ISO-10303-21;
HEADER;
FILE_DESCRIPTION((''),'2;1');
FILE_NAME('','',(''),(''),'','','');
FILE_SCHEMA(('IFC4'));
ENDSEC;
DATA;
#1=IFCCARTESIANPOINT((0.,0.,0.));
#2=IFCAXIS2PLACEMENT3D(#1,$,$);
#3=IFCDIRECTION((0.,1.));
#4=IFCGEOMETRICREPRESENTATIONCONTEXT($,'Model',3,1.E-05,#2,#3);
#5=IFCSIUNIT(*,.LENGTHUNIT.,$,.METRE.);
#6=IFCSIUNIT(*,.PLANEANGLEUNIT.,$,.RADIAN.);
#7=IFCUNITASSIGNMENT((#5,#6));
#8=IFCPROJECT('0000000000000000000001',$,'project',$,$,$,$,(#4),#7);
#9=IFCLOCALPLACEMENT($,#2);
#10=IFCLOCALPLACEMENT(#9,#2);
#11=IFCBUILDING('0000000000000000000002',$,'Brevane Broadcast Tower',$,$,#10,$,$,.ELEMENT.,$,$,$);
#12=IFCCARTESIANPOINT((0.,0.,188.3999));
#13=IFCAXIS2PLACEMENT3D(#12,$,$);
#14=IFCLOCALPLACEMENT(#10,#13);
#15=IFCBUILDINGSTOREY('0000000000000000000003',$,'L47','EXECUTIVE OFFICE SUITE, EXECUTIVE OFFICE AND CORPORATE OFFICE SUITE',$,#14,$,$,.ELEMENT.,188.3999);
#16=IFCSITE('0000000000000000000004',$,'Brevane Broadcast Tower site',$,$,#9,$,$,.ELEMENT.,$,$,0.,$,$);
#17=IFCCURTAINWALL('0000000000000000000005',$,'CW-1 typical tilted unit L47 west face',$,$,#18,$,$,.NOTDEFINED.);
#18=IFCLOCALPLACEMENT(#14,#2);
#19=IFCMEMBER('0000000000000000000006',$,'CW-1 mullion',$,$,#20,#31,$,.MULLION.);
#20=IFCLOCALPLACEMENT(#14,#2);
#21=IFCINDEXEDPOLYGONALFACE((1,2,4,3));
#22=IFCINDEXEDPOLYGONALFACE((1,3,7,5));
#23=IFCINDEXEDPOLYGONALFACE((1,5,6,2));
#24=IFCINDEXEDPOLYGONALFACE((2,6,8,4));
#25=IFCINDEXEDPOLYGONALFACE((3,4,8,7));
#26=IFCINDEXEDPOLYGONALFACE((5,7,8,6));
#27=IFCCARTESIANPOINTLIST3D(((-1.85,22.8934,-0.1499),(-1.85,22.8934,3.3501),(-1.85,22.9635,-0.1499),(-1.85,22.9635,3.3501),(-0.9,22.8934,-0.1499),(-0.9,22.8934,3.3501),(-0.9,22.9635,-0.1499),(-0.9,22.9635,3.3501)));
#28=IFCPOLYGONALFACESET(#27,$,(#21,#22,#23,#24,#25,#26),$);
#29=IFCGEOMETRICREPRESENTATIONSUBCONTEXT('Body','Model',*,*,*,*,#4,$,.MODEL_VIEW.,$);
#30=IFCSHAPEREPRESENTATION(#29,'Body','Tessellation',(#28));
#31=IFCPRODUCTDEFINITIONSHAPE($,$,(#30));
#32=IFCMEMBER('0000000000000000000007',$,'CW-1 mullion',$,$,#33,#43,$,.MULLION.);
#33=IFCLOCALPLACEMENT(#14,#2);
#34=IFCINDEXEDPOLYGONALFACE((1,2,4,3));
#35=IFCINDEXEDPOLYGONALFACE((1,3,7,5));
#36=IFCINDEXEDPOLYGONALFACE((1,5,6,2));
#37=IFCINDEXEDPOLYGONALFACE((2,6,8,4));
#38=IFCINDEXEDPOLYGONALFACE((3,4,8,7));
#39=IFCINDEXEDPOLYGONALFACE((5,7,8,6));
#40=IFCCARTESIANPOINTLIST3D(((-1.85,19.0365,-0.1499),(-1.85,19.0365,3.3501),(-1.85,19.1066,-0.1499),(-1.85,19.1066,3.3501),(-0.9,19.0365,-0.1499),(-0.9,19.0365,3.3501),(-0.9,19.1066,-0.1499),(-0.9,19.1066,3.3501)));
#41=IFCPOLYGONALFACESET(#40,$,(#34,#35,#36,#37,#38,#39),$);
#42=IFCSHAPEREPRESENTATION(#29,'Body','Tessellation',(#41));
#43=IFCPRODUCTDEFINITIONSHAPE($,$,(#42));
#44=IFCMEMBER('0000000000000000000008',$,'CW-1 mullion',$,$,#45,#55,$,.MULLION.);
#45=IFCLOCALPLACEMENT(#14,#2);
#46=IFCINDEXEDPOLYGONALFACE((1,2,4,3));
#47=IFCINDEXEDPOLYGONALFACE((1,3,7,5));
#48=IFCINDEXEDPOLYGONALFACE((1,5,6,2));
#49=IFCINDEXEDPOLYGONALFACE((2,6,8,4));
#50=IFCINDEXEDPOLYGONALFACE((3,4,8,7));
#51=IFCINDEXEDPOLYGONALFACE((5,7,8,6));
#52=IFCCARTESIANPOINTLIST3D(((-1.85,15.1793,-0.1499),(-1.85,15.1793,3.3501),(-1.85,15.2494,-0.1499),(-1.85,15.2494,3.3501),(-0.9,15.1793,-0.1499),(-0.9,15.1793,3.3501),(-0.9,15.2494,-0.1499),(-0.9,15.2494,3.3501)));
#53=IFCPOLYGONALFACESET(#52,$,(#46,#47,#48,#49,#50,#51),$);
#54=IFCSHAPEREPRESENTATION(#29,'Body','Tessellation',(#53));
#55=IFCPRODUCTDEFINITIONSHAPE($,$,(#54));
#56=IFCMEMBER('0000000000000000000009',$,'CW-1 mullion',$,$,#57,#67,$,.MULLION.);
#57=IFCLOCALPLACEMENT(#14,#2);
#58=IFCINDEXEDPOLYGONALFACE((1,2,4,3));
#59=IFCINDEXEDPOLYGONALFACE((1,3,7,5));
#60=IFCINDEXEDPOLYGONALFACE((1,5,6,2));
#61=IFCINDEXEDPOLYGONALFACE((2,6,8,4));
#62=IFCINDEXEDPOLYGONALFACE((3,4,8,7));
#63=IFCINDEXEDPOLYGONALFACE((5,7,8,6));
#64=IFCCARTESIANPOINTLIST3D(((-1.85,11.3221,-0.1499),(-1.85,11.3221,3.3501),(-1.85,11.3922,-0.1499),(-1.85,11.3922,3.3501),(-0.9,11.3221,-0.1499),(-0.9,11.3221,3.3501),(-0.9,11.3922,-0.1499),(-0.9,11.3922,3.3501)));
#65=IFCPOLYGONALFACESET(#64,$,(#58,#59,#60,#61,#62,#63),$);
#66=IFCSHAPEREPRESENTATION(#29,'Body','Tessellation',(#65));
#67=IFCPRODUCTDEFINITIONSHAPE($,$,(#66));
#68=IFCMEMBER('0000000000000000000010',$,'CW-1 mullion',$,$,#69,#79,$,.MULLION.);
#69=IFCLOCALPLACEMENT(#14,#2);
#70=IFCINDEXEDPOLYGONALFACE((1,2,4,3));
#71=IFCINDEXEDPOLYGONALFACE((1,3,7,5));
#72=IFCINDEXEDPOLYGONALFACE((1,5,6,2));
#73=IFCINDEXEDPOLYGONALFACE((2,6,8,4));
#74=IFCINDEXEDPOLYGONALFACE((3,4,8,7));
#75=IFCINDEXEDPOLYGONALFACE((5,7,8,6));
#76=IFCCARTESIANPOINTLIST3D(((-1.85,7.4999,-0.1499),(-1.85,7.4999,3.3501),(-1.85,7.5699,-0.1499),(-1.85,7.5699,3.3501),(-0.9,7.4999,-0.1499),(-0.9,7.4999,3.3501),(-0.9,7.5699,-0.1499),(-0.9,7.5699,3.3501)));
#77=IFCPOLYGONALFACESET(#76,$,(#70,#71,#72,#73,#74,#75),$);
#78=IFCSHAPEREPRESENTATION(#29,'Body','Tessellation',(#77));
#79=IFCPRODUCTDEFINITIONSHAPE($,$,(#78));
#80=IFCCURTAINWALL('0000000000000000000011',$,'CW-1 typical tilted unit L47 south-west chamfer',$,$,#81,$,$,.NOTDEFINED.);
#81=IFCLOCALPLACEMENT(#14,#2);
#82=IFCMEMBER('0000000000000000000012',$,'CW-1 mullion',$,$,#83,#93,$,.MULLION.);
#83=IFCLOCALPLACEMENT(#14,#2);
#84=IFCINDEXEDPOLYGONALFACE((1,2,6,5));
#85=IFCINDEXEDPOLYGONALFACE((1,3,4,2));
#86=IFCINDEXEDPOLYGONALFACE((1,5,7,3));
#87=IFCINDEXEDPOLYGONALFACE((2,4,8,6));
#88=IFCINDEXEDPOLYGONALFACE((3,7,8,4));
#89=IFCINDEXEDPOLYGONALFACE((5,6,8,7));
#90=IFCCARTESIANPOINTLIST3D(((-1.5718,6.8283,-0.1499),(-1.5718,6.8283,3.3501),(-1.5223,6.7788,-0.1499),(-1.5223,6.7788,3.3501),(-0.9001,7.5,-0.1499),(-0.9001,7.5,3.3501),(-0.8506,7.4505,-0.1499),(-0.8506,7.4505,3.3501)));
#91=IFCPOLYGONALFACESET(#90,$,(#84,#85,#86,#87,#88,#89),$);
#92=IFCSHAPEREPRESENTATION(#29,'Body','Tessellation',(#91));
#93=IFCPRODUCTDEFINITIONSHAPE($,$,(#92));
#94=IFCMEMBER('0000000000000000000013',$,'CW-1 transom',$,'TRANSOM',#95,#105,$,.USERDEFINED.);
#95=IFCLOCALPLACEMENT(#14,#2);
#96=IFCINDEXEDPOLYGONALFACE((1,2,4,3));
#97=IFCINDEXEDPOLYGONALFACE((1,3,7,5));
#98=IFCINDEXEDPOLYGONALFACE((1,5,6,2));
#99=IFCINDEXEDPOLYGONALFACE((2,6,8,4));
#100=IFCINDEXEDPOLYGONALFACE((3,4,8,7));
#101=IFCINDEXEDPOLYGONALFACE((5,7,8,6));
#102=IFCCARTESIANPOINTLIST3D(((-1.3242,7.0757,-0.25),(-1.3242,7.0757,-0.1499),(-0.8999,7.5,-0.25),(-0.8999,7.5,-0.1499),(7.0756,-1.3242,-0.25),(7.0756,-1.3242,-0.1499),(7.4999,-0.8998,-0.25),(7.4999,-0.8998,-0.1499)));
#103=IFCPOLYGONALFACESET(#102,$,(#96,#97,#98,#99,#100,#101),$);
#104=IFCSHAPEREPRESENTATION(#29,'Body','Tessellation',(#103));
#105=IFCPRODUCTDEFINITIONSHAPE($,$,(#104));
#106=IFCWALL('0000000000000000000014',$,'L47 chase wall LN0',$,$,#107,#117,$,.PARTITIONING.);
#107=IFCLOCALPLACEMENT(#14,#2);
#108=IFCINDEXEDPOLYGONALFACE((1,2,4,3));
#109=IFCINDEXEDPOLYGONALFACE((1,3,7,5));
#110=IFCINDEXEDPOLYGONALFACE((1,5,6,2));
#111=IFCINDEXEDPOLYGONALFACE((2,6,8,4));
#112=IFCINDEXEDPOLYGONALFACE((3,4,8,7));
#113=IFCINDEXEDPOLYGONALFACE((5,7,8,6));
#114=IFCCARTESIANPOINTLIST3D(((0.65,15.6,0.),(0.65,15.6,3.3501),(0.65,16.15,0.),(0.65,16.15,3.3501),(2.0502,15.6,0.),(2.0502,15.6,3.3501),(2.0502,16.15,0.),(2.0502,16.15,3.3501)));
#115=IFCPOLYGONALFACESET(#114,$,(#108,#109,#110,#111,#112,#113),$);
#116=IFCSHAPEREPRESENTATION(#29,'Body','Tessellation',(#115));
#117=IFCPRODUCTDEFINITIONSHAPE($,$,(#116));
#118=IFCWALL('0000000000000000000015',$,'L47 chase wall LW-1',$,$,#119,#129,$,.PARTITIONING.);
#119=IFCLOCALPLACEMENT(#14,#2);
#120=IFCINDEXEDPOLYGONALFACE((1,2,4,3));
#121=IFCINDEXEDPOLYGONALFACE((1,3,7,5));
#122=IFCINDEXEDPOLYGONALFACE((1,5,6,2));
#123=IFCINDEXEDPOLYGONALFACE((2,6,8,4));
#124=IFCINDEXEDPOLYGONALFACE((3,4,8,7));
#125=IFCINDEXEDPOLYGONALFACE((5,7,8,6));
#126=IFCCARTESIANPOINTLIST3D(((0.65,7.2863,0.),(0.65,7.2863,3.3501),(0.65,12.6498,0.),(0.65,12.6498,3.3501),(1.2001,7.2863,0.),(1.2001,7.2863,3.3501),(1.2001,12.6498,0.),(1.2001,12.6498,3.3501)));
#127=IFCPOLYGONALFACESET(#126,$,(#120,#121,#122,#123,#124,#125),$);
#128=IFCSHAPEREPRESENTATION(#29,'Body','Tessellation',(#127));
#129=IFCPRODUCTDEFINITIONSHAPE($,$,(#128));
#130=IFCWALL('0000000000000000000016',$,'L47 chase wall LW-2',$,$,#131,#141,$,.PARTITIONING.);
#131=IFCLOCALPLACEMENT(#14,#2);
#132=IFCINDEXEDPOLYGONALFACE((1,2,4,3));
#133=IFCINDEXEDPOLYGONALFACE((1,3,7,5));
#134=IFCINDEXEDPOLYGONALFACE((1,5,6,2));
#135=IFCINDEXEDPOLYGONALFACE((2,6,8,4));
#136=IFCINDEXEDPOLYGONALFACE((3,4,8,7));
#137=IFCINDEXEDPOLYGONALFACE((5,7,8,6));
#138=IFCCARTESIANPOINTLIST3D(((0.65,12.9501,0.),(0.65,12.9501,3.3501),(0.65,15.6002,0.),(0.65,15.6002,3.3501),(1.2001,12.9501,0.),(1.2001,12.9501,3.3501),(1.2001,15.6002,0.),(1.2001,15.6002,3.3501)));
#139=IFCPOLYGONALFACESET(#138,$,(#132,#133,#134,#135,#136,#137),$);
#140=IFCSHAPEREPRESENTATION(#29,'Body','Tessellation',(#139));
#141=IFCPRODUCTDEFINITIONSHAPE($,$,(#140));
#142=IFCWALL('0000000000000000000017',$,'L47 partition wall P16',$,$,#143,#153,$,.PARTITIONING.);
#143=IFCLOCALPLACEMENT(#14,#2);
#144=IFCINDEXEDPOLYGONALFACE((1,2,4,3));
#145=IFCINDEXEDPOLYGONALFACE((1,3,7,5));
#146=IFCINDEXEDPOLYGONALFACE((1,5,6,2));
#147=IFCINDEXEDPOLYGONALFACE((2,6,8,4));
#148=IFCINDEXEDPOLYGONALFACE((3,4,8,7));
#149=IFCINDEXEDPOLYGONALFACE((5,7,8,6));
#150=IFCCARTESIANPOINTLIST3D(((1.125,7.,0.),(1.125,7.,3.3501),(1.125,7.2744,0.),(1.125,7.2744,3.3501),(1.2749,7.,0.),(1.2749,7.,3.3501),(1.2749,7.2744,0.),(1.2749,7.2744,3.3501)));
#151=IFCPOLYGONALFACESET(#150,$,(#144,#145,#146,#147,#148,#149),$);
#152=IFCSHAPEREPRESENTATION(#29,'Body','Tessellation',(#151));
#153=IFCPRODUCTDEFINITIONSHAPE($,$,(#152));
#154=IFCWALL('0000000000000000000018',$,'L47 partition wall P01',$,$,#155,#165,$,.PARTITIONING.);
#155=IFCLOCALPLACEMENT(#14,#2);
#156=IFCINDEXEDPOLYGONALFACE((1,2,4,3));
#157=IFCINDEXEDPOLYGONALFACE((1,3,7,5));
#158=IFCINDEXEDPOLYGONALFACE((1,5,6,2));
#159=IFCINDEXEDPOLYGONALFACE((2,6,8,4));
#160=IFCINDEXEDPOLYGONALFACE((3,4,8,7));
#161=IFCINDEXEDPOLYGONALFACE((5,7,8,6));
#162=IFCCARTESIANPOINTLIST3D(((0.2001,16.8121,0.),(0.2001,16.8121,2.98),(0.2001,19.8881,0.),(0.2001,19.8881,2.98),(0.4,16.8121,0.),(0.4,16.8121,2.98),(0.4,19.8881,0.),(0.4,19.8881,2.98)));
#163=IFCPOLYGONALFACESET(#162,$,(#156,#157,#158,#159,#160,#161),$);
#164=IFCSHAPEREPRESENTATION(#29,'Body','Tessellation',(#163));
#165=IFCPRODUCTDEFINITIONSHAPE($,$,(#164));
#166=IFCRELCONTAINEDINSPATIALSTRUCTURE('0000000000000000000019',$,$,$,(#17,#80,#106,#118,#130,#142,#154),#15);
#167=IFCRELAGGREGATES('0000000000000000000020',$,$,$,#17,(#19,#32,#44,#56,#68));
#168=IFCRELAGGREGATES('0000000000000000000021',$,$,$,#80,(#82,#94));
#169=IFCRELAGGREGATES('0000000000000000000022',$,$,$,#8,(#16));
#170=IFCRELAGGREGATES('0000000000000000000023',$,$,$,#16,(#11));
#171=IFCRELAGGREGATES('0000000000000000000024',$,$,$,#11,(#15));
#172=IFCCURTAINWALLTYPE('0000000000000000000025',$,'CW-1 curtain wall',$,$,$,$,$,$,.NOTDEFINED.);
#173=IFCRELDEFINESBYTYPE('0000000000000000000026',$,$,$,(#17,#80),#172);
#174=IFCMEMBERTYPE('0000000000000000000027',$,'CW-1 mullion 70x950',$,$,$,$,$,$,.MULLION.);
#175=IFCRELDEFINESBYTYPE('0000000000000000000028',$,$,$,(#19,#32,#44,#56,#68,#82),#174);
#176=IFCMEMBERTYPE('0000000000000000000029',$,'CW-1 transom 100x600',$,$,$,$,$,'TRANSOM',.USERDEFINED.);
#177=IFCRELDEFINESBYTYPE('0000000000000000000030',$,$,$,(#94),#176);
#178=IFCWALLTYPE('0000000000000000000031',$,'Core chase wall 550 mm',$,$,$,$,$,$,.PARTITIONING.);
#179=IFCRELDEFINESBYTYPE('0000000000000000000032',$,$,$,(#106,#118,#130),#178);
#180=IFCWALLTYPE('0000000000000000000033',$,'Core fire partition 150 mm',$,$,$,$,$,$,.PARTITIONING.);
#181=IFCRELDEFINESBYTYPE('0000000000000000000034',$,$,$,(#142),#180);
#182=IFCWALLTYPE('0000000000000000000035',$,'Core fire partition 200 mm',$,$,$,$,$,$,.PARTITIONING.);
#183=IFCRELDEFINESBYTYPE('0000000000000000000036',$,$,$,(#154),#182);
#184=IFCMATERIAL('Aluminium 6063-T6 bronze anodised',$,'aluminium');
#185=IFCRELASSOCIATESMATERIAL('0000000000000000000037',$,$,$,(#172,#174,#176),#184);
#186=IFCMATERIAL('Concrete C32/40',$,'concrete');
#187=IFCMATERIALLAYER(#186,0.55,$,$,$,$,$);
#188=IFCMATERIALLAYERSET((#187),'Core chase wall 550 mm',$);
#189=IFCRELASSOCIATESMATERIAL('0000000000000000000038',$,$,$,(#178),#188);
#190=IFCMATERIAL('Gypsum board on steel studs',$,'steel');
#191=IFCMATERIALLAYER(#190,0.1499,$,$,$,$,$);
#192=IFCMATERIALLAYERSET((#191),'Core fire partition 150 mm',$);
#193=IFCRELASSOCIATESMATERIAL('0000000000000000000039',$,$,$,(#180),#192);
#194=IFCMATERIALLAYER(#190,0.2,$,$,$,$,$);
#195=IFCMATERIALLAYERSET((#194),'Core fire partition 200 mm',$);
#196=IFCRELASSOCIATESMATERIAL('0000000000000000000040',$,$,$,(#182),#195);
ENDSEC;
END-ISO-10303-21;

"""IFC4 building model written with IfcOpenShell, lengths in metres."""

from ifc_helpers import new_model, si_unit, direction, frame, frame_2d, origin, origin_2d, place, context, subcontext, project, spatial, rectangle, extrude, material, layer, layer_set, material_profile, profile_set, type_object, element, aggregate, save


model = new_model("IFC4")

# Units and contexts
model_context = context("Model", 3, precision=1e-05, world=origin(), true_north=direction((0.0, 1.0)))
body_context = subcontext(model_context, "Body", "Model", "MODEL_VIEW")
ifc_project = project(units=[si_unit("LENGTHUNIT", "METRE"), si_unit("PLANEANGLEUNIT", "RADIAN")], contexts=[model_context])

# Site, building, storey
site_placement = place(None, origin())
site = spatial("IfcSite", under=ifc_project, at=site_placement, Name="Brevane Broadcast Tower site", CompositionType="ELEMENT", RefElevation=0.0)
building_placement = place(site_placement, origin())
building = spatial("IfcBuilding", under=site, at=building_placement, Name="Brevane Broadcast Tower", CompositionType="ELEMENT")
storey_placement = place(building_placement, frame((0.0, 0.0, 188.3999)))
storey = spatial("IfcBuildingStorey", under=building, at=storey_placement, Name="L47", Description="EXECUTIVE OFFICE SUITE, EXECUTIVE OFFICE AND CORPORATE OFFICE SUITE", CompositionType="ELEMENT", Elevation=188.3999)

# Curtain walls, members
ifc_material_1 = material(Name="Aluminium 6063-T6 bronze anodised", Category="aluminium")
curtain_wall_type = type_object("IfcCurtainWallType", Name="CW-1 curtain wall", PredefinedType="NOTDEFINED", material=ifc_material_1)
curtain_wall_1_placement = place(storey_placement, origin())
curtain_wall_1 = element("IfcCurtainWall", 1, at=curtain_wall_1_placement, inside=storey, type_object=curtain_wall_type, Name="CW-1 typical tilted unit L47 west face", PredefinedType="NOTDEFINED")
ifc_material_profile_1 = material_profile(ifc_material_1, rectangle(XDim=0.95, YDim=0.0701, at=origin_2d()), Name="RECT 70x950")
ifc_profile_set_1 = profile_set([ifc_material_profile_1], Name="Aluminium 6063-T6 bronze anodised")
member_type_1 = type_object("IfcMemberType", Name="CW-1 mullion 70x950", PredefinedType="MULLION", material=ifc_profile_set_1)
member_1_placement = place(storey_placement, frame((-1.375, 22.9285, -0.1499), z_axis=(0.0, 0.0, 1.0), x_axis=(1.0, 0.0, 0.0)))
member_1 = element("IfcMember", 2, at=member_1_placement, type_object=member_type_1, Name="CW-1 mullion", PredefinedType="MULLION", context=body_context, shape_type="SweptSolid", body=[
    extrude(rectangle(XDim=0.95, YDim=0.0701, at=origin_2d()), origin(), (0.0, 0.0, 1.0), 3.5),
])
member_2_placement = place(storey_placement, frame((-1.375, 19.0715, -0.1499), z_axis=(0.0, 0.0, 1.0), x_axis=(1.0, 0.0, 0.0)))
member_2 = element("IfcMember", 3, at=member_2_placement, type_object=member_type_1, Name="CW-1 mullion", PredefinedType="MULLION", context=body_context, shape_type="SweptSolid", body=[
    extrude(rectangle(XDim=0.95, YDim=0.0701, at=origin_2d()), origin(), (0.0, 0.0, 1.0), 3.5),
])
member_3_placement = place(storey_placement, frame((-1.375, 15.2144, -0.1499), z_axis=(0.0, 0.0, 1.0), x_axis=(1.0, 0.0, 0.0)))
member_3 = element("IfcMember", 4, at=member_3_placement, type_object=member_type_1, Name="CW-1 mullion", PredefinedType="MULLION", context=body_context, shape_type="SweptSolid", body=[
    extrude(rectangle(XDim=0.95, YDim=0.0701, at=origin_2d()), origin(), (0.0, 0.0, 1.0), 3.5),
])
member_4_placement = place(storey_placement, frame((-1.375, 11.3572, -0.1499), z_axis=(0.0, 0.0, 1.0), x_axis=(1.0, 0.0, 0.0)))
member_4 = element("IfcMember", 5, at=member_4_placement, type_object=member_type_1, Name="CW-1 mullion", PredefinedType="MULLION", context=body_context, shape_type="SweptSolid", body=[
    extrude(rectangle(XDim=0.95, YDim=0.0701, at=origin_2d()), origin(), (0.0, 0.0, 1.0), 3.5),
])
member_5_placement = place(storey_placement, frame((-1.375, 7.5349, -0.1499), z_axis=(0.0, 0.0, 1.0), x_axis=(1.0, 0.0, 0.0)))
member_5 = element("IfcMember", 6, at=member_5_placement, type_object=member_type_1, Name="CW-1 mullion", PredefinedType="MULLION", context=body_context, shape_type="SweptSolid", body=[
    extrude(rectangle(XDim=0.95, YDim=0.0701, at=origin_2d()), origin(), (0.0, 0.0, 1.0), 3.5),
])
aggregate(curtain_wall_1, [member_1, member_2, member_3, member_4, member_5])
curtain_wall_2_placement = place(storey_placement, origin())
curtain_wall_2 = element("IfcCurtainWall", 7, at=curtain_wall_2_placement, inside=storey, type_object=curtain_wall_type, Name="CW-1 typical tilted unit L47 south-west chamfer", PredefinedType="NOTDEFINED")
member_6_placement = place(storey_placement, frame((-1.2112, 7.1394, -0.1499), z_axis=(0.0, 0.0, 1.0), x_axis=(0.707107, 0.707107, 0.0)))
member_6 = element("IfcMember", 8, at=member_6_placement, type_object=member_type_1, Name="CW-1 mullion", PredefinedType="MULLION", context=body_context, shape_type="SweptSolid", body=[
    extrude(rectangle(XDim=0.95, YDim=0.0701, at=origin_2d()), origin(), (0.0, 0.0, 1.0), 3.5),
])
ifc_material_profile_2 = material_profile(ifc_material_1, rectangle(XDim=0.6001, YDim=0.1001, at=origin_2d()), Name="RECT 100x600")
ifc_profile_set_2 = profile_set([ifc_material_profile_2], Name="Aluminium 6063-T6 bronze anodised")
member_type_2 = type_object("IfcMemberType", Name="CW-1 transom 100x600", ElementType="TRANSOM", PredefinedType="USERDEFINED", material=ifc_profile_set_2)
member_7_placement = place(storey_placement, frame((-1.1121, 7.2878, -0.2), z_axis=(0.707107, -0.707107, 0.0), x_axis=(0.707107, 0.707107, 0.0)))
member_7 = element("IfcMember", 9, at=member_7_placement, type_object=member_type_2, Name="CW-1 transom", ObjectType="TRANSOM", PredefinedType="USERDEFINED", context=body_context, shape_type="SweptSolid", body=[
    extrude(rectangle(XDim=0.6001, YDim=0.1001, at=origin_2d()), origin(), (0.0, 0.0, 1.0), 11.8792),
])
aggregate(curtain_wall_2, [member_6, member_7])

# Walls
ifc_material_2 = material(Name="Concrete C32/40", Category="concrete")
ifc_layer_1 = layer(ifc_material_2, 0.55)
ifc_layer_set_1 = layer_set([ifc_layer_1], Name="Core chase wall 550 mm")
wall_type_1 = type_object("IfcWallType", Name="Core chase wall 550 mm", PredefinedType="PARTITIONING", material=ifc_layer_set_1)
wall_1_placement = place(storey_placement, frame((0.6499, 15.875, 0.0), z_axis=(0.0, 0.0, 1.0), x_axis=(1.0, 0.0, 0.0)))
element("IfcWall", 10, at=wall_1_placement, inside=storey, type_object=wall_type_1, Name="L47 chase wall LN0", PredefinedType="PARTITIONING", context=body_context, shape_type="SweptSolid", body=[
    extrude(rectangle(XDim=1.4001, YDim=0.55, at=frame_2d((0.7002, 0.0))), origin(), (0.0, 0.0, 1.0), 3.3501),
])
wall_2_placement = place(storey_placement, frame((0.925, 7.2864, 0.0), z_axis=(0.0, 0.0, 1.0), x_axis=(0.0, 1.0, 0.0)))
element("IfcWall", 11, at=wall_2_placement, inside=storey, type_object=wall_type_1, Name="L47 chase wall LW-1", PredefinedType="PARTITIONING", context=body_context, shape_type="SweptSolid", body=[
    extrude(rectangle(XDim=5.3635, YDim=0.55, at=frame_2d((2.6816, 0.0))), origin(), (0.0, 0.0, 1.0), 3.3501),
])
wall_3_placement = place(storey_placement, frame((0.925, 12.95, 0.0), z_axis=(0.0, 0.0, 1.0), x_axis=(0.0, 1.0, 0.0)))
element("IfcWall", 12, at=wall_3_placement, inside=storey, type_object=wall_type_1, Name="L47 chase wall LW-2", PredefinedType="PARTITIONING", context=body_context, shape_type="SweptSolid", body=[
    extrude(rectangle(XDim=2.6501, YDim=0.55, at=frame_2d((1.3252, 0.0))), origin(), (0.0, 0.0, 1.0), 3.3501),
])
ifc_material_3 = material(Name="Gypsum board on steel studs", Category="steel")
ifc_layer_2 = layer(ifc_material_3, 0.1499)
ifc_layer_set_2 = layer_set([ifc_layer_2], Name="Core fire partition 150 mm")
wall_type_2 = type_object("IfcWallType", Name="Core fire partition 150 mm", PredefinedType="PARTITIONING", material=ifc_layer_set_2)
wall_4_placement = place(storey_placement, frame((1.2, 7.2744, 0.0), z_axis=(0.0, 0.0, 1.0), x_axis=(0.0, -1.0, 0.0)))
element("IfcWall", 13, at=wall_4_placement, inside=storey, type_object=wall_type_2, Name="L47 partition wall P16", PredefinedType="PARTITIONING", context=body_context, shape_type="SweptSolid", body=[
    extrude(rectangle(XDim=0.2744, YDim=0.1499, at=frame_2d((0.1372, 0.0))), origin(), (0.0, 0.0, 1.0), 3.3501),
])
ifc_layer_3 = layer(ifc_material_3, 0.2)
ifc_layer_set_3 = layer_set([ifc_layer_3], Name="Core fire partition 200 mm")
wall_type_3 = type_object("IfcWallType", Name="Core fire partition 200 mm", PredefinedType="PARTITIONING", material=ifc_layer_set_3)
wall_5_placement = place(storey_placement, frame((0.3, 16.812, 0.0), z_axis=(0.0, 0.0, 1.0), x_axis=(0.0, 1.0, 0.0)))
element("IfcWall", 14, at=wall_5_placement, inside=storey, type_object=wall_type_3, Name="L47 partition wall P01", PredefinedType="PARTITIONING", context=body_context, shape_type="SweptSolid", body=[
    extrude(rectangle(XDim=3.0759, YDim=0.2, at=frame_2d((1.5381, 0.0))), origin(), (0.0, 0.0, 1.0), 2.98),
])

save(model, "model.ifc")
